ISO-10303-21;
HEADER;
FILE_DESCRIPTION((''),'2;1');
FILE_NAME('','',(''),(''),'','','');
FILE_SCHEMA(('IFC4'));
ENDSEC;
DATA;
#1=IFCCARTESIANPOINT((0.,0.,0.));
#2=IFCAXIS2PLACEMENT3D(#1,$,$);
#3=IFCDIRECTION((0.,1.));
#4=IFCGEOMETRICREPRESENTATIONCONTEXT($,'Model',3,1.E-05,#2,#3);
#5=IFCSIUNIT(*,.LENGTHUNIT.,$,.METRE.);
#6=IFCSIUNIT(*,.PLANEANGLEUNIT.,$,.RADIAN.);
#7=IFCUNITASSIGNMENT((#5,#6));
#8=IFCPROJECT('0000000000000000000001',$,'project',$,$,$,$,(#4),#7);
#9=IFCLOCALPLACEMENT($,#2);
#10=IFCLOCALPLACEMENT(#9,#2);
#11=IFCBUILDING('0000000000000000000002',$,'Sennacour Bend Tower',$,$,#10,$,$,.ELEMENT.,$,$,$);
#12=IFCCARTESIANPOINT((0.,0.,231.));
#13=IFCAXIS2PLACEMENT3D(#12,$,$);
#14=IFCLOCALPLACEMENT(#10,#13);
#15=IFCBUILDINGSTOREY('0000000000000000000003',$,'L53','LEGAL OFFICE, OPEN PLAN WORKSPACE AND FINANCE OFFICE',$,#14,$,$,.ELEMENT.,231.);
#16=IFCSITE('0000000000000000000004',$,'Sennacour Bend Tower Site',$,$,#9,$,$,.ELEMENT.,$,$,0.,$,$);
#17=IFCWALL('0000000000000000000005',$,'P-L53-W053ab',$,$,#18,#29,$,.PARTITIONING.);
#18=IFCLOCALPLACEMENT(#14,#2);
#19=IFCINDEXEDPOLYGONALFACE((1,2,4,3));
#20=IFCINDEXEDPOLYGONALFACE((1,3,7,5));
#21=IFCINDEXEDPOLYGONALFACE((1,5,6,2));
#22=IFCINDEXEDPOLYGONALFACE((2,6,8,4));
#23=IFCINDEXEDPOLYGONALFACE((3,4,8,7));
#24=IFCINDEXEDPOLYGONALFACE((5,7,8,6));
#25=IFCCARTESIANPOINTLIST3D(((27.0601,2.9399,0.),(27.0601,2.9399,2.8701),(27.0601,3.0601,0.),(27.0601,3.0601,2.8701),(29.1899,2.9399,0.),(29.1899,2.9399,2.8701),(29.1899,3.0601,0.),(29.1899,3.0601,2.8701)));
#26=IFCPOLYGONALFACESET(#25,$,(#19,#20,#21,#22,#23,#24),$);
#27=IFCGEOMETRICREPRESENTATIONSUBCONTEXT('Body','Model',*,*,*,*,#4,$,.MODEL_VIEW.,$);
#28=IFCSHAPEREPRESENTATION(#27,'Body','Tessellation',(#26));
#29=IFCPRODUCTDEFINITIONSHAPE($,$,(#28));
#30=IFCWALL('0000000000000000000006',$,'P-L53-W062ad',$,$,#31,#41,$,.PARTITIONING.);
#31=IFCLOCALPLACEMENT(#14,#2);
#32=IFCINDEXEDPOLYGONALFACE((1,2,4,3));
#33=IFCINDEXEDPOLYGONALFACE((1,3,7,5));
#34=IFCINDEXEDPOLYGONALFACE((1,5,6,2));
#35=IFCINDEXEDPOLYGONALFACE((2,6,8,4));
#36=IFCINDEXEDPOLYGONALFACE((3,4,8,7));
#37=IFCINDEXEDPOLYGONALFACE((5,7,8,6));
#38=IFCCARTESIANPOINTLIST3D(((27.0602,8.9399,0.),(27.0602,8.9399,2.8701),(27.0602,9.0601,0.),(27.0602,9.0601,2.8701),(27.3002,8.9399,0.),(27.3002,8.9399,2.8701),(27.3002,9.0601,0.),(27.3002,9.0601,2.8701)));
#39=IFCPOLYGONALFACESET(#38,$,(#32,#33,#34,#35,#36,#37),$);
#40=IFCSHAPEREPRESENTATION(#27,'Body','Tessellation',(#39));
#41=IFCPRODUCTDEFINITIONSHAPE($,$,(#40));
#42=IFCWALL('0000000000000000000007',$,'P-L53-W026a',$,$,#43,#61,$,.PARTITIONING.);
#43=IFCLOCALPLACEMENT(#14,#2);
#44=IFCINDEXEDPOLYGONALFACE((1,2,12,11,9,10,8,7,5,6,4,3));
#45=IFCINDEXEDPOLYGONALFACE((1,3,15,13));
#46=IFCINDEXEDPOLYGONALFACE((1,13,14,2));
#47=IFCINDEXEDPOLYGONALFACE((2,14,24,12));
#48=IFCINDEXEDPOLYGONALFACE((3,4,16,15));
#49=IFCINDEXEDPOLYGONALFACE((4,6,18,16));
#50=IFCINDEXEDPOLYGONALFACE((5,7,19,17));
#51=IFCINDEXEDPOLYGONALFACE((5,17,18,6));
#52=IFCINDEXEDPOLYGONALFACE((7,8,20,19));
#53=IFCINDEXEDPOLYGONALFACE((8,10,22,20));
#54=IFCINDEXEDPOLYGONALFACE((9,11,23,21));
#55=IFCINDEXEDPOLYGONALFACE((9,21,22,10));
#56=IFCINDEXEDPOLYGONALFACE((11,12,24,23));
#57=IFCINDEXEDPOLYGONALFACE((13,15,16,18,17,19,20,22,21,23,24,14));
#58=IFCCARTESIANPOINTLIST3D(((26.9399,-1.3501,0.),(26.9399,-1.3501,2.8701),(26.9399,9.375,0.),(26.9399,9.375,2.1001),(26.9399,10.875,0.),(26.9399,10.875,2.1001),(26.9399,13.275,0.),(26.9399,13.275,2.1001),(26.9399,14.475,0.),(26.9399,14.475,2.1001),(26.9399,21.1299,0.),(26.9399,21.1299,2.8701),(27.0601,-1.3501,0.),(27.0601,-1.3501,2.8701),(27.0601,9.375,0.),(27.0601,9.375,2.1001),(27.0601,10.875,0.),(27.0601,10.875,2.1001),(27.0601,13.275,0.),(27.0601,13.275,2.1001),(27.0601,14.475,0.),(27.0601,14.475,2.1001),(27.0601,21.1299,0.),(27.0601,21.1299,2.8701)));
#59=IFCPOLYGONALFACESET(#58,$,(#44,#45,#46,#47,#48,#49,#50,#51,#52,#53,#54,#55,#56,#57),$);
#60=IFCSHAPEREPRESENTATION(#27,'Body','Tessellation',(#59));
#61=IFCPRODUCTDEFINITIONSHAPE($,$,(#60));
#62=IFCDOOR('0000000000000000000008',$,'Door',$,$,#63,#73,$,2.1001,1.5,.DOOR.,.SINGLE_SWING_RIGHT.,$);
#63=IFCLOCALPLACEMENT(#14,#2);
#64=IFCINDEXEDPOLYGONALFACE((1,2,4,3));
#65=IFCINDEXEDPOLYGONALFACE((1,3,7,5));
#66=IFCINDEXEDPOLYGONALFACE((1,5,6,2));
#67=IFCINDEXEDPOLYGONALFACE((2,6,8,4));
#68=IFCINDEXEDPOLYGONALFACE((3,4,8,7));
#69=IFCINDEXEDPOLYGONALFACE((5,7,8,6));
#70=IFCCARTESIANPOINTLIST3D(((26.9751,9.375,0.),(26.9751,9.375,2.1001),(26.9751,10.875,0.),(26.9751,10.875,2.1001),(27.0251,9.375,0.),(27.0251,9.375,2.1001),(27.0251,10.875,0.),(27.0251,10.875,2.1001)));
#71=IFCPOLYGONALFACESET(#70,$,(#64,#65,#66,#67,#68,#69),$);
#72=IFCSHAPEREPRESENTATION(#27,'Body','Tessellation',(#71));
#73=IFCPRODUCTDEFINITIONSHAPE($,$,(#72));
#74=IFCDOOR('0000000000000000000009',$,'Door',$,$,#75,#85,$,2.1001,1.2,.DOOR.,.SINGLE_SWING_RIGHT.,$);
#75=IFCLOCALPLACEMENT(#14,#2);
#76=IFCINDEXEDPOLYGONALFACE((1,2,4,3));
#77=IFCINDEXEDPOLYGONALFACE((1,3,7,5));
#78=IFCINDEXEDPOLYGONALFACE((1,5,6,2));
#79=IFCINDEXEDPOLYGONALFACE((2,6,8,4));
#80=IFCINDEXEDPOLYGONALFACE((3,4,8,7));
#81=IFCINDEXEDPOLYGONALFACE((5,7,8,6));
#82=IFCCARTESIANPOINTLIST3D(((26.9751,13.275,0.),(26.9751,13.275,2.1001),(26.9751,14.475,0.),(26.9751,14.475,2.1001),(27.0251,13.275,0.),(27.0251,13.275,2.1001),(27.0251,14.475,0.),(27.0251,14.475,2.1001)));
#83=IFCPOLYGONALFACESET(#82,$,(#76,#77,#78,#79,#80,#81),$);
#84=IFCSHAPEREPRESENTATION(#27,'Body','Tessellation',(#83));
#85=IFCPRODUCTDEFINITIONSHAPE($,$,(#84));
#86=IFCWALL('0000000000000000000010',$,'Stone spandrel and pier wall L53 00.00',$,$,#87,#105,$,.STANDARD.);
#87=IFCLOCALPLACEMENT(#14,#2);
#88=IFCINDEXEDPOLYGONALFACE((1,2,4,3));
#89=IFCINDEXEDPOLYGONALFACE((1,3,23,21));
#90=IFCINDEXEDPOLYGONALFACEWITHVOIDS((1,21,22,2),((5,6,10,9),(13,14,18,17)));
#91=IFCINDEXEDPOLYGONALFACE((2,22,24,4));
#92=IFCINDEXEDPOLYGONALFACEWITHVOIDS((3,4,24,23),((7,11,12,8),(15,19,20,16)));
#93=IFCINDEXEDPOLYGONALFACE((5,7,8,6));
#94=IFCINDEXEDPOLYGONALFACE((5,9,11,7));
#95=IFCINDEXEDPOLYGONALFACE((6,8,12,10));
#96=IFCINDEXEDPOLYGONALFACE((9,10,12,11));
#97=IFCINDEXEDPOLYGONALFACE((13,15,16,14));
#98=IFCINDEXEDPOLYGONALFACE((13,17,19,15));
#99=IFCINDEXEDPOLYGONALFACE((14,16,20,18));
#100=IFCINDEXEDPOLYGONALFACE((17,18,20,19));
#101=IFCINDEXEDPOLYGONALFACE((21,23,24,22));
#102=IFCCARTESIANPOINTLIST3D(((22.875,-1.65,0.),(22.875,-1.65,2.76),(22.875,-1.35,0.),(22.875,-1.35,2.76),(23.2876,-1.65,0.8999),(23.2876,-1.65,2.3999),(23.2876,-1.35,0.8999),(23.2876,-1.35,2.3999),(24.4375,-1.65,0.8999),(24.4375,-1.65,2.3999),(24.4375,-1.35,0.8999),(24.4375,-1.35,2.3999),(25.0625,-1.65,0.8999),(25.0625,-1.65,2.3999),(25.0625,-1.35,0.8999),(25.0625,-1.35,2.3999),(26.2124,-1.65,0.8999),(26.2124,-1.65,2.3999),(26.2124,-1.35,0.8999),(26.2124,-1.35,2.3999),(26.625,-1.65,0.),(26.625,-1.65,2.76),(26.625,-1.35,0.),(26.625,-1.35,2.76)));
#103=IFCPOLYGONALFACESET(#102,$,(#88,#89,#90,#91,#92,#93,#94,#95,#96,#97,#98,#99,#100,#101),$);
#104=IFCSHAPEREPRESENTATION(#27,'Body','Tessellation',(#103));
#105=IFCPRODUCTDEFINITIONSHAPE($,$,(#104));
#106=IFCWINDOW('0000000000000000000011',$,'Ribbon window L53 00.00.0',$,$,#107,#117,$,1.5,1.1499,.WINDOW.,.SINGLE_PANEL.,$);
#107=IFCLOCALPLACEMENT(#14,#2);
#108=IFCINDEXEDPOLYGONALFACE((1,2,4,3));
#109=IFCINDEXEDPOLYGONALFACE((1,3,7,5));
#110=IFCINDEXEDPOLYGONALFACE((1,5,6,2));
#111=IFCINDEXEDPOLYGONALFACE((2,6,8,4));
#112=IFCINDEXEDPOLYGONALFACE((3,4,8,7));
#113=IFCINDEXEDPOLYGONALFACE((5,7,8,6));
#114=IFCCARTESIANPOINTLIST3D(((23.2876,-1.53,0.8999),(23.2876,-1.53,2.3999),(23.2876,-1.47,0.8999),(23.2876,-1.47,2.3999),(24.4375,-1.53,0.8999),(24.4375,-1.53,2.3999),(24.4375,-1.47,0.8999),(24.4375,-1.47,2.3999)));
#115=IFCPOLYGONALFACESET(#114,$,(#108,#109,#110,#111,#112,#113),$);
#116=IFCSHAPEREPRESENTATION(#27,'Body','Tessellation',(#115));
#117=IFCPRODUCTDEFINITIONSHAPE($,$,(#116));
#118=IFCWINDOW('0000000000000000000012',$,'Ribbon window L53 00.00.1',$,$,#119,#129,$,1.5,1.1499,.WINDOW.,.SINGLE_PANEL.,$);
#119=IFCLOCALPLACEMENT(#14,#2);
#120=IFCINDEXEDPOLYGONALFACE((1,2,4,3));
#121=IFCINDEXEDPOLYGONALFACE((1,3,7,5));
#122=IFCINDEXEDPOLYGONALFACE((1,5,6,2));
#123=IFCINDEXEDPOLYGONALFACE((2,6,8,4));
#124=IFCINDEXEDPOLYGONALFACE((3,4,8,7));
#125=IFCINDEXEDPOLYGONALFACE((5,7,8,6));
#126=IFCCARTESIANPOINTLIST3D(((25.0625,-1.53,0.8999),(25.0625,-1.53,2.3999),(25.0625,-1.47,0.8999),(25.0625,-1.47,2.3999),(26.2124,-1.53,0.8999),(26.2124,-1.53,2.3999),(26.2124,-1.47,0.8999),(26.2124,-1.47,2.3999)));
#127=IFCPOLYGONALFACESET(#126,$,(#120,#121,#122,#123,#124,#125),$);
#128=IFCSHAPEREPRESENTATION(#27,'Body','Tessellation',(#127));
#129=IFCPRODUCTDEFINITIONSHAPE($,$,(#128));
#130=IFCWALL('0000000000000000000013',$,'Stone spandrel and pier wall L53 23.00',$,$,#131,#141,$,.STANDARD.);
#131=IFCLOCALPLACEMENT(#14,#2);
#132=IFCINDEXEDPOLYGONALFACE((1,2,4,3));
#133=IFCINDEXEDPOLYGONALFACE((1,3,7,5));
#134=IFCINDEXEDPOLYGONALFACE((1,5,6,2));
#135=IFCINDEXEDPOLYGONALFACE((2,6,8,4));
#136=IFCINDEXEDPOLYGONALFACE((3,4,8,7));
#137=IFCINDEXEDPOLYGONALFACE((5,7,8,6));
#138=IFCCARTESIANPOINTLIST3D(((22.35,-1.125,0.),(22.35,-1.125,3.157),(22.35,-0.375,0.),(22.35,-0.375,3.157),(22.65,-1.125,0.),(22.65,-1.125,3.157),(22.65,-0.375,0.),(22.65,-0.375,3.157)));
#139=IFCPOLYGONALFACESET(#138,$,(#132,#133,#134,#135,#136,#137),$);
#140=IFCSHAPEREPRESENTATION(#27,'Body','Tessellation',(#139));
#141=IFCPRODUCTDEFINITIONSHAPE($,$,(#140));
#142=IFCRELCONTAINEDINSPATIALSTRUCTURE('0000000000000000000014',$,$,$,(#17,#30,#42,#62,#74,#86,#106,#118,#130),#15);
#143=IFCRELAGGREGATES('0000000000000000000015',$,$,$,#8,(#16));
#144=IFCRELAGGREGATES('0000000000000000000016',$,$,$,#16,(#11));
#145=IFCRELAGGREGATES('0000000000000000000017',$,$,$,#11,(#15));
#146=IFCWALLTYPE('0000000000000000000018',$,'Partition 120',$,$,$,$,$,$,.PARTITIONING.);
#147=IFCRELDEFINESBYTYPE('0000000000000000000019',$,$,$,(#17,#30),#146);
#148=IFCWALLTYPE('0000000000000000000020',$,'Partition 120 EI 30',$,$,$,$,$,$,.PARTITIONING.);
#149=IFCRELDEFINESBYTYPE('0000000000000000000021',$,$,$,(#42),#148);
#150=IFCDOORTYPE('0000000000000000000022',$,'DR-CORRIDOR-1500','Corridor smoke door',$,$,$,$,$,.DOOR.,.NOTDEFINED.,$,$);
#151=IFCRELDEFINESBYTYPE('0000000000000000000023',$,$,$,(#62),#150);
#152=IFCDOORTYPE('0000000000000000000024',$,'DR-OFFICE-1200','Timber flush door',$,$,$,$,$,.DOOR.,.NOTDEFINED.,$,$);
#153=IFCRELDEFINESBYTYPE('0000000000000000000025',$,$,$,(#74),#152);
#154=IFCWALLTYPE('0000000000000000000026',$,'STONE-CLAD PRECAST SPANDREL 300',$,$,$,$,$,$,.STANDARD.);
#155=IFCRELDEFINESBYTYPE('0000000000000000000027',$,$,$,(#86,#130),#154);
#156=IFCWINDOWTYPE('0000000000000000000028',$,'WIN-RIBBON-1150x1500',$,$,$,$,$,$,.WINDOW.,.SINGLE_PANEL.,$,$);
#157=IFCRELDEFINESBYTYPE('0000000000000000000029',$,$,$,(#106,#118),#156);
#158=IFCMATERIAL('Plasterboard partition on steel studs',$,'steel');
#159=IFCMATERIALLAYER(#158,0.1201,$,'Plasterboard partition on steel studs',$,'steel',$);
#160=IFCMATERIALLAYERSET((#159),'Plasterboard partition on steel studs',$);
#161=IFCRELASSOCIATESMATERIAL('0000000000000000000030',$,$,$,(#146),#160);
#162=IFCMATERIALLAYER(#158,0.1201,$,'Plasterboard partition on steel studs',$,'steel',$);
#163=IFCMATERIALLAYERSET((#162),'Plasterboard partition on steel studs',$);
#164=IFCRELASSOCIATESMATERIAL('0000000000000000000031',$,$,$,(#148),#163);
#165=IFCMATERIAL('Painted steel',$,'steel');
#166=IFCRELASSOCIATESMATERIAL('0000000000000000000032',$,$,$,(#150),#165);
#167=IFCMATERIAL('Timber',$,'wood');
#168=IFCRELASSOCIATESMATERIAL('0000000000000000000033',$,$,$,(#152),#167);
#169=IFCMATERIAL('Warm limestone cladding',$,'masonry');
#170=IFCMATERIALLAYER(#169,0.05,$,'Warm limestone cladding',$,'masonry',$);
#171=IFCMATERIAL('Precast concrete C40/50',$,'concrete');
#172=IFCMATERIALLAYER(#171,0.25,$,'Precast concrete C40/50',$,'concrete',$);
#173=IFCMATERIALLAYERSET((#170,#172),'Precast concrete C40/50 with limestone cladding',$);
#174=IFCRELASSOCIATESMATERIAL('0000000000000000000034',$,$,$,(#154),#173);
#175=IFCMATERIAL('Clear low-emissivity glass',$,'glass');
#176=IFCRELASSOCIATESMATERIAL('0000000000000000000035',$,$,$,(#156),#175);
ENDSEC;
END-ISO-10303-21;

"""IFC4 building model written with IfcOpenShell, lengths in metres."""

from ifc_helpers import new_model, si_unit, direction, frame, frame_2d, origin, place, context, subcontext, project, spatial, rectangle, extrude, material, layer, layer_set, type_object, element, fill, save


model = new_model("IFC4")

# Units and contexts
model_context = context("Model", 3, precision=1e-05, world=origin(), true_north=direction((0.0, 1.0)))
body_context = subcontext(model_context, "Body", "Model", "MODEL_VIEW")
ifc_project = project(units=[si_unit("LENGTHUNIT", "METRE"), si_unit("PLANEANGLEUNIT", "RADIAN")], contexts=[model_context])

# Site, building, storey
site_placement = place(None, origin())
site = spatial("IfcSite", under=ifc_project, at=site_placement, Name="Sennacour Bend Tower Site", CompositionType="ELEMENT", RefElevation=0.0)
building_placement = place(site_placement, origin())
building = spatial("IfcBuilding", under=site, at=building_placement, Name="Sennacour Bend Tower", CompositionType="ELEMENT")
storey_placement = place(building_placement, frame((0.0, 0.0, 231.0)))
storey = spatial("IfcBuildingStorey", under=building, at=storey_placement, Name="L53", Description="LEGAL OFFICE, OPEN PLAN WORKSPACE AND FINANCE OFFICE", CompositionType="ELEMENT", Elevation=231.0)

# Walls
ifc_material_1 = material(Name="Plasterboard partition on steel studs", Category="steel")
ifc_layer_1 = layer(ifc_material_1, 0.1201, Name="Plasterboard partition on steel studs", Category="steel")
ifc_layer_set_1 = layer_set([ifc_layer_1], Name="Plasterboard partition on steel studs")
wall_type_1 = type_object("IfcWallType", Name="Partition 120", PredefinedType="PARTITIONING", material=ifc_layer_set_1)
wall_1_placement = place(storey_placement, frame((27.0601, 3.0, 0.0), z_axis=(0.0, 0.0, 1.0), x_axis=(1.0, 0.0, 0.0)))
element("IfcWall", 1, at=wall_1_placement, inside=storey, type_object=wall_type_1, Name="P-L53-W053ab", PredefinedType="PARTITIONING", context=body_context, shape_type="SweptSolid", body=[
    extrude(rectangle(XDim=2.1299, YDim=0.1201, at=frame_2d((1.0649, 0.0))), origin(), (0.0, 0.0, 1.0), 2.8701),
])
wall_2_placement = place(storey_placement, frame((27.0601, 9.0, 0.0), z_axis=(0.0, 0.0, 1.0), x_axis=(1.0, 0.0, 0.0)))
element("IfcWall", 2, at=wall_2_placement, inside=storey, type_object=wall_type_1, Name="P-L53-W062ad", PredefinedType="PARTITIONING", context=body_context, shape_type="SweptSolid", body=[
    extrude(rectangle(XDim=0.24, YDim=0.1201, at=frame_2d((0.1201, 0.0))), origin(), (0.0, 0.0, 1.0), 2.8701),
])

# Wall, openings, doors
ifc_layer_2 = layer(ifc_material_1, 0.1201, Name="Plasterboard partition on steel studs", Category="steel")
ifc_layer_set_2 = layer_set([ifc_layer_2], Name="Plasterboard partition on steel studs")
wall_type_2 = type_object("IfcWallType", Name="Partition 120 EI 30", PredefinedType="PARTITIONING", material=ifc_layer_set_2)
wall_3_placement = place(storey_placement, frame((27.0, -1.3501, 0.0), z_axis=(0.0, 0.0, 1.0), x_axis=(0.0, 1.0, 0.0)))
wall_3 = element("IfcWall", 3, at=wall_3_placement, inside=storey, type_object=wall_type_2, Name="P-L53-W026a", PredefinedType="PARTITIONING", context=body_context, shape_type="SweptSolid", body=[
    extrude(rectangle(XDim=22.48, YDim=0.1201, at=frame_2d((11.24, 0.0))), origin(), (0.0, 0.0, 1.0), 2.8701),
])
opening_1_placement = place(wall_3_placement, frame((10.7251, 0.0, 0.0)))
opening_1 = element("IfcOpeningElement", 4, at=opening_1_placement, cuts=wall_3, PredefinedType="OPENING", context=body_context, shape_type="SweptSolid", body=[
    extrude(rectangle(XDim=1.5, YDim=2.1001, at=frame_2d((0.75, 1.05))), frame((0.0, 0.0701, 0.0), z_axis=(0.0, -1.0, 0.0), x_axis=(1.0, 0.0, 0.0)), (0.0, 0.0, 1.0), 0.1401),
])
opening_2_placement = place(wall_3_placement, frame((14.625, 0.0, 0.0)))
opening_2 = element("IfcOpeningElement", 5, at=opening_2_placement, cuts=wall_3, PredefinedType="OPENING", context=body_context, shape_type="SweptSolid", body=[
    extrude(rectangle(XDim=1.2, YDim=2.1001, at=frame_2d((0.6001, 1.05))), frame((0.0, 0.0701, 0.0), z_axis=(0.0, -1.0, 0.0), x_axis=(1.0, 0.0, 0.0)), (0.0, 0.0, 1.0), 0.1401),
])
ifc_material_2 = material(Name="Painted steel", Category="steel")
door_type_1 = type_object("IfcDoorType", Name="DR-CORRIDOR-1500", Description="Corridor smoke door", OperationType="NOTDEFINED", PredefinedType="DOOR", material=ifc_material_2)
door_1_placement = place(opening_1_placement, origin())
door_1 = element("IfcDoor", 6, at=door_1_placement, inside=storey, type_object=door_type_1, Name="Door", OperationType="SINGLE_SWING_RIGHT", OverallHeight=2.1001, OverallWidth=1.5, PredefinedType="DOOR", context=body_context, shape_type="SweptSolid", body=[
    extrude(rectangle(XDim=1.5, YDim=2.1001, at=frame_2d((0.75, 1.05))), frame((0.0, 0.0249, 0.0), z_axis=(0.0, -1.0, 0.0), x_axis=(1.0, 0.0, 0.0)), (0.0, 0.0, 1.0), 0.05),
])
fill(opening_1, door_1)
ifc_material_3 = material(Name="Timber", Category="wood")
door_type_2 = type_object("IfcDoorType", Name="DR-OFFICE-1200", Description="Timber flush door", OperationType="NOTDEFINED", PredefinedType="DOOR", material=ifc_material_3)
door_2_placement = place(opening_2_placement, origin())
door_2 = element("IfcDoor", 7, at=door_2_placement, inside=storey, type_object=door_type_2, Name="Door", OperationType="SINGLE_SWING_RIGHT", OverallHeight=2.1001, OverallWidth=1.2, PredefinedType="DOOR", context=body_context, shape_type="SweptSolid", body=[
    extrude(rectangle(XDim=1.2, YDim=2.1001, at=frame_2d((0.6001, 1.05))), frame((0.0, 0.0249, 0.0), z_axis=(0.0, -1.0, 0.0), x_axis=(1.0, 0.0, 0.0)), (0.0, 0.0, 1.0), 0.05),
])
fill(opening_2, door_2)

# Wall, openings, windows
ifc_material_4 = material(Name="Warm limestone cladding", Category="masonry")
ifc_layer_3 = layer(ifc_material_4, 0.05, Name="Warm limestone cladding", Category="masonry")
ifc_material_5 = material(Name="Precast concrete C40/50", Category="concrete")
ifc_layer_4 = layer(ifc_material_5, 0.25, Name="Precast concrete C40/50", Category="concrete")
ifc_layer_set_3 = layer_set([ifc_layer_3, ifc_layer_4], Name="Precast concrete C40/50 with limestone cladding")
wall_type_3 = type_object("IfcWallType", Name="STONE-CLAD PRECAST SPANDREL 300", PredefinedType="STANDARD", material=ifc_layer_set_3)
wall_4_placement = place(storey_placement, frame((22.875, -1.5, 0.0), z_axis=(0.0, 0.0, 1.0), x_axis=(1.0, 0.0, 0.0)))
wall_4 = element("IfcWall", 8, at=wall_4_placement, inside=storey, type_object=wall_type_3, Name="Stone spandrel and pier wall L53 00.00", PredefinedType="STANDARD", context=body_context, shape_type="SweptSolid", body=[
    extrude(rectangle(XDim=3.75, YDim=0.3, at=frame_2d((1.875, 0.0))), origin(), (0.0, 0.0, 1.0), 2.76),
])
opening_3_placement = place(wall_4_placement, frame((0.4126, 0.0, 0.8999)))
opening_3 = element("IfcOpeningElement", 9, at=opening_3_placement, cuts=wall_4, PredefinedType="OPENING", context=body_context, shape_type="SweptSolid", body=[
    extrude(rectangle(XDim=1.1499, YDim=1.5, at=frame_2d((0.575, 0.75))), frame((0.0, 0.1602, 0.0), z_axis=(0.0, -1.0, 0.0), x_axis=(1.0, 0.0, 0.0)), (0.0, 0.0, 1.0), 0.3201),
])
opening_4_placement = place(wall_4_placement, frame((2.1875, 0.0, 0.8999)))
opening_4 = element("IfcOpeningElement", 10, at=opening_4_placement, cuts=wall_4, PredefinedType="OPENING", context=body_context, shape_type="SweptSolid", body=[
    extrude(rectangle(XDim=1.1499, YDim=1.5, at=frame_2d((0.575, 0.75))), frame((0.0, 0.1602, 0.0), z_axis=(0.0, -1.0, 0.0), x_axis=(1.0, 0.0, 0.0)), (0.0, 0.0, 1.0), 0.3201),
])
ifc_material_6 = material(Name="Clear low-emissivity glass", Category="glass")
window_type = type_object("IfcWindowType", Name="WIN-RIBBON-1150x1500", PartitioningType="SINGLE_PANEL", PredefinedType="WINDOW", material=ifc_material_6)
window_1_placement = place(opening_3_placement, origin())
window_1 = element("IfcWindow", 11, at=window_1_placement, inside=storey, type_object=window_type, Name="Ribbon window L53 00.00.0", OverallHeight=1.5, OverallWidth=1.1499, PartitioningType="SINGLE_PANEL", PredefinedType="WINDOW", context=body_context, shape_type="SweptSolid", body=[
    extrude(rectangle(XDim=1.1499, YDim=1.5, at=frame_2d((0.575, 0.75))), frame((0.0, 0.03, 0.0), z_axis=(0.0, -1.0, 0.0), x_axis=(1.0, 0.0, 0.0)), (0.0, 0.0, 1.0), 0.0601),
])
fill(opening_3, window_1)
window_2_placement = place(opening_4_placement, origin())
window_2 = element("IfcWindow", 12, at=window_2_placement, inside=storey, type_object=window_type, Name="Ribbon window L53 00.00.1", OverallHeight=1.5, OverallWidth=1.1499, PartitioningType="SINGLE_PANEL", PredefinedType="WINDOW", context=body_context, shape_type="SweptSolid", body=[
    extrude(rectangle(XDim=1.1499, YDim=1.5, at=frame_2d((0.575, 0.75))), frame((0.0, 0.03, 0.0), z_axis=(0.0, -1.0, 0.0), x_axis=(1.0, 0.0, 0.0)), (0.0, 0.0, 1.0), 0.0601),
])
fill(opening_4, window_2)

# Wall
wall_5_placement = place(storey_placement, frame((22.5, -0.375, 0.0), z_axis=(0.0, 0.0, 1.0), x_axis=(0.0, -1.0, 0.0)))
element("IfcWall", 13, at=wall_5_placement, inside=storey, type_object=wall_type_3, Name="Stone spandrel and pier wall L53 23.00", PredefinedType="STANDARD", context=body_context, shape_type="SweptSolid", body=[
    extrude(rectangle(XDim=0.75, YDim=0.3, at=frame_2d((0.375, 0.0))), origin(), (0.0, 0.0, 1.0), 3.157),
])

save(model, "model.ifc")
